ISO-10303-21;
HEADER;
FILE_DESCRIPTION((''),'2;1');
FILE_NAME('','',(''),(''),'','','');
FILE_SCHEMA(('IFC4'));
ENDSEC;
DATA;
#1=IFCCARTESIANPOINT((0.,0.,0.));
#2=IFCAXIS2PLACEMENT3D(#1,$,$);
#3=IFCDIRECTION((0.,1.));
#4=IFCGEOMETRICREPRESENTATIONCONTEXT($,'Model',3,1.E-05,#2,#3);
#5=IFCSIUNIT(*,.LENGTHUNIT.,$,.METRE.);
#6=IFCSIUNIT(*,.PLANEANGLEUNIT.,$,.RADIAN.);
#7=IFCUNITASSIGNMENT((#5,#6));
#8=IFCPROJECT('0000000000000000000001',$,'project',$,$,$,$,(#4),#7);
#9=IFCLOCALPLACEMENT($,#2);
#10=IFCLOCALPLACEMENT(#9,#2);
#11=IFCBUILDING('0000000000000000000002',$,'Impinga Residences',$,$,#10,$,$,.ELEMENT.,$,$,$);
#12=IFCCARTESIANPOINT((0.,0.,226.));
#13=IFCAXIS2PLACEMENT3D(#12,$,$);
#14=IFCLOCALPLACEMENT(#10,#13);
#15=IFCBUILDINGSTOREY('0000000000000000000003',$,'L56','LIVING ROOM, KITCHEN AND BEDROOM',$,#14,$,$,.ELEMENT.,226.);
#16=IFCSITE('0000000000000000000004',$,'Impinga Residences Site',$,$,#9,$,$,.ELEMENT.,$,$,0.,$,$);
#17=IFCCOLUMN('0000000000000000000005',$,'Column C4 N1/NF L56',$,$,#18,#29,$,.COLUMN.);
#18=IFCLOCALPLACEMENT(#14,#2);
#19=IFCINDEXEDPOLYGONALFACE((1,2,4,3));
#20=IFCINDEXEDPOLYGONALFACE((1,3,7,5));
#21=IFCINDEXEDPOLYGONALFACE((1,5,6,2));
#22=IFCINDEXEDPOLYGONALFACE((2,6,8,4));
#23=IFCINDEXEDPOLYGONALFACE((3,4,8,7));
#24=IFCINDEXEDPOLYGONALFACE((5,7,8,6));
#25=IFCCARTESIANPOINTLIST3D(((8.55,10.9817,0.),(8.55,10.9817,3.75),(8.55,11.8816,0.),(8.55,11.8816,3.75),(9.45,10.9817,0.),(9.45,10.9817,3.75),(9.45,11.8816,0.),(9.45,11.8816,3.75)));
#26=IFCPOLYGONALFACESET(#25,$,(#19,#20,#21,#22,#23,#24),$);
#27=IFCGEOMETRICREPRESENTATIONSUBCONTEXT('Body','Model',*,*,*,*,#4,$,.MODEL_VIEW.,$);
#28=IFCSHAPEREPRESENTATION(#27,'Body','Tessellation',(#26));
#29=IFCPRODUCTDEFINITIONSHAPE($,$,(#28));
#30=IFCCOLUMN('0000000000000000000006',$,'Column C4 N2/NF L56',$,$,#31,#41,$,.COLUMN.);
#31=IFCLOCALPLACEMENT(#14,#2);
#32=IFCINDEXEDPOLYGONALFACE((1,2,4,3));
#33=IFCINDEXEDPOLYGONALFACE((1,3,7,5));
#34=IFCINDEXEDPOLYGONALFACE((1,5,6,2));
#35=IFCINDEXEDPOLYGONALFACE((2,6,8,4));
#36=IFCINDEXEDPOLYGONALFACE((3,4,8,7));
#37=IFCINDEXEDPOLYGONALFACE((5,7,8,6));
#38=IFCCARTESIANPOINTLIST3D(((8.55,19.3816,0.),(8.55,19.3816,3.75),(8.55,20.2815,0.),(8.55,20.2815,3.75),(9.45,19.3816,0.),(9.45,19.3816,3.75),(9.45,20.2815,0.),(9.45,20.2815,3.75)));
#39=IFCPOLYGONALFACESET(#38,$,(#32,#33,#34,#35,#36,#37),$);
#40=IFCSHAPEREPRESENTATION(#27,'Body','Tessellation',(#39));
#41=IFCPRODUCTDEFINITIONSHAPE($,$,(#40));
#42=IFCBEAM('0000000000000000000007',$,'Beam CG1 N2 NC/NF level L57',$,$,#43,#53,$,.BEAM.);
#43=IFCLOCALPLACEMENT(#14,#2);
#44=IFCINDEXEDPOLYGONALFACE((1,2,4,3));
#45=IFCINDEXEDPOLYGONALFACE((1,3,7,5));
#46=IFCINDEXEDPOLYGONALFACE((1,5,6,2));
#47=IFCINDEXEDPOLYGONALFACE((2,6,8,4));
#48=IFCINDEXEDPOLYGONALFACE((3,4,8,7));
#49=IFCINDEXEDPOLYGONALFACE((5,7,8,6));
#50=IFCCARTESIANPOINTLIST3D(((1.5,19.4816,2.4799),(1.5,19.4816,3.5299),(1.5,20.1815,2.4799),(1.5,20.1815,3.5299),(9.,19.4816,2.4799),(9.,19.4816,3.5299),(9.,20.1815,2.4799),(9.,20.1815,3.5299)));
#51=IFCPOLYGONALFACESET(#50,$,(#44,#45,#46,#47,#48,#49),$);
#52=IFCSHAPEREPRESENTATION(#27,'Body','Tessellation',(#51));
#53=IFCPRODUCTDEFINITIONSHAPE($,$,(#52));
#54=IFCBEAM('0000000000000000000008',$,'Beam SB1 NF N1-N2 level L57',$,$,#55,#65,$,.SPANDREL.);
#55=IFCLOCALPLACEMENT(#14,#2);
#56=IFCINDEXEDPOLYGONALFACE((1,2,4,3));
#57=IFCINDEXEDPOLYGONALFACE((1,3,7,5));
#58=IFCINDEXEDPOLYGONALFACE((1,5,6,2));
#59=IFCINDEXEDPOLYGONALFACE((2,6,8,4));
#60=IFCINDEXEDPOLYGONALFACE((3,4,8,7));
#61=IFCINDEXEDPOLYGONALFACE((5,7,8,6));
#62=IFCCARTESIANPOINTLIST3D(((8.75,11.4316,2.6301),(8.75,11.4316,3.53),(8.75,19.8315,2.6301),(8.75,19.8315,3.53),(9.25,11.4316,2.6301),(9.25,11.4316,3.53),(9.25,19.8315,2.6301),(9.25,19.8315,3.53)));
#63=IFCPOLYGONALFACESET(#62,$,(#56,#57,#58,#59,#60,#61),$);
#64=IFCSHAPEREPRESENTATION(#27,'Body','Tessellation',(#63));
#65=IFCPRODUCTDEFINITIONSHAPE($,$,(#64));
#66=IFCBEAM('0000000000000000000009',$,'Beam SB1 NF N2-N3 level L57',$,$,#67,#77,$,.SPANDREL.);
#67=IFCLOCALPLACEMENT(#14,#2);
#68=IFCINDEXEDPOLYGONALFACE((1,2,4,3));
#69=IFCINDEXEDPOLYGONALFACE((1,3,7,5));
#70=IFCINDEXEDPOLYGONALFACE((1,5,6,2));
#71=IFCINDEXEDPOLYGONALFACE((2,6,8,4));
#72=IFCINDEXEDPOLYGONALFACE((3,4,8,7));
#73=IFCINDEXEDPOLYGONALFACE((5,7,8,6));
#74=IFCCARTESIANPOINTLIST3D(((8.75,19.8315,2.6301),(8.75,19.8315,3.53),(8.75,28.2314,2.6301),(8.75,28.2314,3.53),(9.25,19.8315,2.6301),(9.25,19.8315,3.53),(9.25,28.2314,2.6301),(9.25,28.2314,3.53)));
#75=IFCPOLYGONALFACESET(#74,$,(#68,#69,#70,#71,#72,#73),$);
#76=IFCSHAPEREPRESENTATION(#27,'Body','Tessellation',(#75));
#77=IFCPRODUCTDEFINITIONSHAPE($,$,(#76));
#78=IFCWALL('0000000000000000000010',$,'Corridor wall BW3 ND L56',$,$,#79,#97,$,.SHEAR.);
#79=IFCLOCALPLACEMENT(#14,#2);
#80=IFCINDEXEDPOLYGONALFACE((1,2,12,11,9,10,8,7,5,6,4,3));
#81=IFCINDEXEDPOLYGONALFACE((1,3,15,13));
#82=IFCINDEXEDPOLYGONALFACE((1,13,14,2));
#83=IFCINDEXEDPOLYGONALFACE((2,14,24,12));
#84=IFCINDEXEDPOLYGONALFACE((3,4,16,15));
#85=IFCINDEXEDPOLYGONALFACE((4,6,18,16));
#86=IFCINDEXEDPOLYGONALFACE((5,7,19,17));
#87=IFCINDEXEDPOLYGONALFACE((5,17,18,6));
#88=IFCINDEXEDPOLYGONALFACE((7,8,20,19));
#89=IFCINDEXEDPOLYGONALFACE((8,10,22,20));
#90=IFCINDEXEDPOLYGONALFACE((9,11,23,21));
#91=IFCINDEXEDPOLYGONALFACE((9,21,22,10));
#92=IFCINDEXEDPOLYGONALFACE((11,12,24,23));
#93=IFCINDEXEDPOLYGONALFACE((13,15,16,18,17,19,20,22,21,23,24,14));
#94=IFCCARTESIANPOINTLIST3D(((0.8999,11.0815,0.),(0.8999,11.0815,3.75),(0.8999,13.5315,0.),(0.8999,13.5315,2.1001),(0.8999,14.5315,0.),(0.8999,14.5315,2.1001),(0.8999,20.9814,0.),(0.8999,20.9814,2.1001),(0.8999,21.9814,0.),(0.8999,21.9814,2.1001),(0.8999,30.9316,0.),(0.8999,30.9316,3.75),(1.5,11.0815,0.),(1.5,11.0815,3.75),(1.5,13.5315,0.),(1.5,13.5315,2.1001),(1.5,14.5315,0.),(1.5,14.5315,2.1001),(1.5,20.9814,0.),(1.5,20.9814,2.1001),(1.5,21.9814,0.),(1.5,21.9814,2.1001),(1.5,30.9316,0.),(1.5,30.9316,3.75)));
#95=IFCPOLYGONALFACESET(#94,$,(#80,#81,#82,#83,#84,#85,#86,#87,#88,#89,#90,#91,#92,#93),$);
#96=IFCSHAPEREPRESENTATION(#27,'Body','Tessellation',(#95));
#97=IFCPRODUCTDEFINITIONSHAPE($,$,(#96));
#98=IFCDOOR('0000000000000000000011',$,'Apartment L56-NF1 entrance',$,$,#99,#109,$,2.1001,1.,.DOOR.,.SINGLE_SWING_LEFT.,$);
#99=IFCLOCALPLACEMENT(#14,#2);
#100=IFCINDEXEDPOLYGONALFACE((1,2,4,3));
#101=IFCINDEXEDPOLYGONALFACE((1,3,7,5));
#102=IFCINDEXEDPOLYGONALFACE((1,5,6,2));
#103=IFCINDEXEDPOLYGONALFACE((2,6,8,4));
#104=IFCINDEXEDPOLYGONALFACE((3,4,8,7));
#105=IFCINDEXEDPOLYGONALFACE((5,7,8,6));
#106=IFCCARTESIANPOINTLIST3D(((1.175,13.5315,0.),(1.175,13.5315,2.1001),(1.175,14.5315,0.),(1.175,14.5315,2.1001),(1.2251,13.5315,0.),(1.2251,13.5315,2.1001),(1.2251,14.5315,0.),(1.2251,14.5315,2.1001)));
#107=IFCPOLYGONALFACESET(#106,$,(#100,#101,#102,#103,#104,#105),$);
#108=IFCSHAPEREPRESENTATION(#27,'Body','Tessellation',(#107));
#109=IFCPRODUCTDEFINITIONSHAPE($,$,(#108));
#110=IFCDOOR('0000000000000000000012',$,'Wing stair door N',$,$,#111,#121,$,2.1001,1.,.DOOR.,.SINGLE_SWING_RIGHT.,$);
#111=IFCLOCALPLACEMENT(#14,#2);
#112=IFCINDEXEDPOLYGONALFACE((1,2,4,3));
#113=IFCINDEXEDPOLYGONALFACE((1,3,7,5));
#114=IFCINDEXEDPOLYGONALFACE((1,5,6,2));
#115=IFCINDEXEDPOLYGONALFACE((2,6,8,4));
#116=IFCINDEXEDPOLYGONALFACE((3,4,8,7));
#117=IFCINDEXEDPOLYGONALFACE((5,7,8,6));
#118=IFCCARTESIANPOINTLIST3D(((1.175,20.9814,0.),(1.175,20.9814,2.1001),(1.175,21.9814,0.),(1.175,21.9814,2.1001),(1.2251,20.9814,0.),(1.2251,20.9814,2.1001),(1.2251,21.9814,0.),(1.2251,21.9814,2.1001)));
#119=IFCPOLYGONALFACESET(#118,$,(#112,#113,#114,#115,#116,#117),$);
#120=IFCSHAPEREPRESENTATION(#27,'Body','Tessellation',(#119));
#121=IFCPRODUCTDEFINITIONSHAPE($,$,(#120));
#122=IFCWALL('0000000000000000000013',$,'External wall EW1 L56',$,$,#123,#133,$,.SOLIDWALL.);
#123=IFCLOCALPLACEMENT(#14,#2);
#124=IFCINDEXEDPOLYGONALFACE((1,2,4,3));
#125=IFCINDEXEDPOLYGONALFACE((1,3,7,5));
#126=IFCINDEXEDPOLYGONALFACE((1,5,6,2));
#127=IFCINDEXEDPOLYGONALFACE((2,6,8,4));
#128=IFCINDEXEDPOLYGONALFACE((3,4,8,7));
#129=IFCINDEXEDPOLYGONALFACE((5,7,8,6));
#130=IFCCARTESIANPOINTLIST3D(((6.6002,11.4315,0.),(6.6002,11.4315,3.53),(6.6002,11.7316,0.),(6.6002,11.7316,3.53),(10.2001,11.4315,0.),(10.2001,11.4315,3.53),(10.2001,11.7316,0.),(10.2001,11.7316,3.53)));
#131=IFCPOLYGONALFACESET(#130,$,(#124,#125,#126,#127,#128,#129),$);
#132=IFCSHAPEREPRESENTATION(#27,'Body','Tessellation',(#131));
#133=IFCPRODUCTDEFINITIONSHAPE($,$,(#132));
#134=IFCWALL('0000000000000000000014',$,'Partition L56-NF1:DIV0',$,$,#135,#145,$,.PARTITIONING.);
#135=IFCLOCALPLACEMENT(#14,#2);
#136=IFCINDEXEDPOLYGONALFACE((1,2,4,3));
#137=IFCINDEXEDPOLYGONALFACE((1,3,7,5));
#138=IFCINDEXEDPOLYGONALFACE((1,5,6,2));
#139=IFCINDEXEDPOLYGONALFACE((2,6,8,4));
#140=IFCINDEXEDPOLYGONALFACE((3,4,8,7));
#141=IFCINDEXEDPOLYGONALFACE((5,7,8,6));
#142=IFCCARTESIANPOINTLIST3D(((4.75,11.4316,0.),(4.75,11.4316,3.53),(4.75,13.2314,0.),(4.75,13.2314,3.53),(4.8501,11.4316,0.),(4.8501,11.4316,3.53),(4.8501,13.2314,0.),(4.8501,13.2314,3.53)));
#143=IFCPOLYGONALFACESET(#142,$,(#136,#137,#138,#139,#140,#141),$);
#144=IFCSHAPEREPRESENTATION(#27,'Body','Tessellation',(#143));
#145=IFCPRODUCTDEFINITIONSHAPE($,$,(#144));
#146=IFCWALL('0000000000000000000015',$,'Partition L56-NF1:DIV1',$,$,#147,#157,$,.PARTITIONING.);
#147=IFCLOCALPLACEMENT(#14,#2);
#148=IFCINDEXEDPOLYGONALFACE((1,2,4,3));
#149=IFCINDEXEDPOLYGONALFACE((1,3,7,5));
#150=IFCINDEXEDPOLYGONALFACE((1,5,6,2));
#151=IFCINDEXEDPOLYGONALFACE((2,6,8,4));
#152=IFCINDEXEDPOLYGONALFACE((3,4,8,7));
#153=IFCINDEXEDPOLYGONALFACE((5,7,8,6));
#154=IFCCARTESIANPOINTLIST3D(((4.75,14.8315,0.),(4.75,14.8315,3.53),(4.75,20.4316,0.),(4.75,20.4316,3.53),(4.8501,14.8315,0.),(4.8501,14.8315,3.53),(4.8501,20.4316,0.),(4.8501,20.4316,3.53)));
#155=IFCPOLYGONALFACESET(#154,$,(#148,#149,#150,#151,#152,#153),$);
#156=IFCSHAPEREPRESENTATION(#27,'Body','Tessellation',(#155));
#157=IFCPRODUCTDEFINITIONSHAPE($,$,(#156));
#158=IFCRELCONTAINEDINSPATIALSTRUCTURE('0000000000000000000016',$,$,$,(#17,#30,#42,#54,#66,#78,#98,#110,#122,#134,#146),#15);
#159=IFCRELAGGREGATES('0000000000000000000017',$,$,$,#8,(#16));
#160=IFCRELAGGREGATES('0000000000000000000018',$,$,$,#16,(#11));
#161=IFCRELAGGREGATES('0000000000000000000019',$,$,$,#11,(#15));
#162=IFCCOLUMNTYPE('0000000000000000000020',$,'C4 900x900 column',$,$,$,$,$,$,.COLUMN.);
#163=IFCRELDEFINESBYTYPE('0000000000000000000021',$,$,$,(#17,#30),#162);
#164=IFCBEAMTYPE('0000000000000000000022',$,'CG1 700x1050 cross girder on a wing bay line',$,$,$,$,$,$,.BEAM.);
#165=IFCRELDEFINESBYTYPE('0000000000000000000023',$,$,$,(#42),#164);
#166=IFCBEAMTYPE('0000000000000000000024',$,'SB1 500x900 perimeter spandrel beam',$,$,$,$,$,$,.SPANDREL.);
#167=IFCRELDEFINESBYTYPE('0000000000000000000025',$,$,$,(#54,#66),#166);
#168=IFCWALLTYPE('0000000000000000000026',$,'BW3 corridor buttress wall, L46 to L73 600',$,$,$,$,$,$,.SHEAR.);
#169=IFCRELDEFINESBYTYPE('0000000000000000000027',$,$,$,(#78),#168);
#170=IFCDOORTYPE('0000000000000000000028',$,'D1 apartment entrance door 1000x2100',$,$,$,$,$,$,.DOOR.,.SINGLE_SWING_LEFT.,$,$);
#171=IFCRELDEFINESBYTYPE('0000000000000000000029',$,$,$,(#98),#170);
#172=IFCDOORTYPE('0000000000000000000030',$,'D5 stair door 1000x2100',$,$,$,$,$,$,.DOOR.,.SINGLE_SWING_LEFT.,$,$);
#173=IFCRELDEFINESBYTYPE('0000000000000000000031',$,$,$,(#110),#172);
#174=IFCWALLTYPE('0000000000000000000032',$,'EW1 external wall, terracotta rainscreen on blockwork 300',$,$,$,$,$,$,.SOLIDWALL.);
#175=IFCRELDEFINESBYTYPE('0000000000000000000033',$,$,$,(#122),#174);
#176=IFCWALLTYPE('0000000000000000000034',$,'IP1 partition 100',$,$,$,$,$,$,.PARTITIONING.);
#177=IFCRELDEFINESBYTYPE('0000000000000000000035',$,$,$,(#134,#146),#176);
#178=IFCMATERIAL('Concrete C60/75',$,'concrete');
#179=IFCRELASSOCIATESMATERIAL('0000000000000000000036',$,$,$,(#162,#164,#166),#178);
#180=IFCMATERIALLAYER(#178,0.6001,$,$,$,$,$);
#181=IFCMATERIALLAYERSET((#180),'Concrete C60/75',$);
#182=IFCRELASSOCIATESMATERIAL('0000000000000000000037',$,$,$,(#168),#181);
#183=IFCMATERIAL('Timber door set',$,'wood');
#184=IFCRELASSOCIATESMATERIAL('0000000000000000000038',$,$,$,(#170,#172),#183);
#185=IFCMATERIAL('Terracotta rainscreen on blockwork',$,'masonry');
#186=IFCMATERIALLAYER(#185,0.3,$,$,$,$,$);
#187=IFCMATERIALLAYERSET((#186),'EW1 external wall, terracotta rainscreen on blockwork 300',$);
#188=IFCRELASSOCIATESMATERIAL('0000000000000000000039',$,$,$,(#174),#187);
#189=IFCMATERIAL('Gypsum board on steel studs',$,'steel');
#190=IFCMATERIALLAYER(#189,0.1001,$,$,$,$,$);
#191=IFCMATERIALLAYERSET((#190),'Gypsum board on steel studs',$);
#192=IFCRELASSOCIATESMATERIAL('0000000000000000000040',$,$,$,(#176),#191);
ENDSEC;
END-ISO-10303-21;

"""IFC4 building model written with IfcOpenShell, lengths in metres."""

from ifc_helpers import new_model, si_unit, direction, frame, frame_2d, origin, origin_2d, place, context, subcontext, project, spatial, rectangle, extrude, material, layer, layer_set, material_profile, profile_set, type_object, element, fill, save


model = new_model("IFC4")

# Units and contexts
model_context = context("Model", 3, precision=1e-05, world=origin(), true_north=direction((0.0, 1.0)))
body_context = subcontext(model_context, "Body", "Model", "MODEL_VIEW")
ifc_project = project(units=[si_unit("LENGTHUNIT", "METRE"), si_unit("PLANEANGLEUNIT", "RADIAN")], contexts=[model_context])

# Site, building, storey
site_placement = place(None, origin())
site = spatial("IfcSite", under=ifc_project, at=site_placement, Name="Impinga Residences Site", CompositionType="ELEMENT", RefElevation=0.0)
building_placement = place(site_placement, origin())
building = spatial("IfcBuilding", under=site, at=building_placement, Name="Impinga Residences", CompositionType="ELEMENT")
storey_placement = place(building_placement, frame((0.0, 0.0, 226.0)))
storey = spatial("IfcBuildingStorey", under=building, at=storey_placement, Name="L56", Description="LIVING ROOM, KITCHEN AND BEDROOM", CompositionType="ELEMENT", Elevation=226.0)

# Columns
ifc_material_1 = material(Name="Concrete C60/75", Category="concrete")
ifc_material_profile_1 = material_profile(ifc_material_1, rectangle(XDim=0.8999, YDim=0.8999, at=origin_2d()), Name="RC 900x900")
ifc_profile_set_1 = profile_set([ifc_material_profile_1], Name="Concrete C60/75")
column_type = type_object("IfcColumnType", Name="C4 900x900 column", PredefinedType="COLUMN", material=ifc_profile_set_1)
for number, where, z_axis, x_axis, name in (
    (1, (9.0, 11.4316, 0.0), (0.0, 0.0, 1.0), (1.0, 0.0, 0.0), "Column C4 N1/NF L56"),
    (2, (9.0, 19.8315, 0.0), (0.0, 0.0, 1.0), (1.0, 0.0, 0.0), "Column C4 N2/NF L56"),
):
    element("IfcColumn", number, at=place(storey_placement, frame(where, z_axis=z_axis, x_axis=x_axis)), inside=storey, type_object=column_type, Name=name, PredefinedType="COLUMN", context=body_context, shape_type="SweptSolid", body=[
        extrude(rectangle(XDim=0.8999, YDim=0.8999, at=origin_2d()), origin(), (0.0, 0.0, 1.0), 3.75),
    ])

# Beams
ifc_material_profile_2 = material_profile(ifc_material_1, rectangle(XDim=0.7, YDim=1.05, at=origin_2d()), Name="RC 700x1050")
ifc_profile_set_2 = profile_set([ifc_material_profile_2], Name="Concrete C60/75")
beam_type_1 = type_object("IfcBeamType", Name="CG1 700x1050 cross girder on a wing bay line", PredefinedType="BEAM", material=ifc_profile_set_2)
beam_placement = place(storey_placement, frame((1.5, 19.8315, 3.0049), z_axis=(1.0, 0.0, 0.0), x_axis=(0.0, 1.0, 0.0)))
element("IfcBeam", 3, at=beam_placement, inside=storey, type_object=beam_type_1, Name="Beam CG1 N2 NC/NF level L57", PredefinedType="BEAM", context=body_context, shape_type="SweptSolid", body=[
    extrude(rectangle(XDim=0.7, YDim=1.05, at=origin_2d()), origin(), (0.0, 0.0, 1.0), 7.5),
])
ifc_material_profile_3 = material_profile(ifc_material_1, rectangle(XDim=0.5, YDim=0.8999, at=origin_2d()), Name="RC 500x900")
ifc_profile_set_3 = profile_set([ifc_material_profile_3], Name="Concrete C60/75")
beam_type_2 = type_object("IfcBeamType", Name="SB1 500x900 perimeter spandrel beam", PredefinedType="SPANDREL", material=ifc_profile_set_3)
for number, where, z_axis, x_axis, name in (
    (4, (9.0, 11.4316, 3.0801), (0.0, 1.0, 0.0), (-1.0, 0.0, 0.0), "Beam SB1 NF N1-N2 level L57"),
    (5, (9.0, 19.8315, 3.0801), (0.0, 1.0, 0.0), (-1.0, 0.0, 0.0), "Beam SB1 NF N2-N3 level L57"),
):
    element("IfcBeam", number, at=place(storey_placement, frame(where, z_axis=z_axis, x_axis=x_axis)), inside=storey, type_object=beam_type_2, Name=name, PredefinedType="SPANDREL", context=body_context, shape_type="SweptSolid", body=[
        extrude(rectangle(XDim=0.5, YDim=0.8999, at=origin_2d()), origin(), (0.0, 0.0, 1.0), 8.3999),
    ])

# Wall, openings, doors
ifc_layer_1 = layer(ifc_material_1, 0.6001)
ifc_layer_set_1 = layer_set([ifc_layer_1], Name="Concrete C60/75")
wall_type_1 = type_object("IfcWallType", Name="BW3 corridor buttress wall, L46 to L73 600", PredefinedType="SHEAR", material=ifc_layer_set_1)
wall_1_placement = place(storey_placement, frame((1.2, 11.0815, 0.0), z_axis=(0.0, 0.0, 1.0), x_axis=(0.0, 1.0, 0.0)))
wall_1 = element("IfcWall", 6, at=wall_1_placement, inside=storey, type_object=wall_type_1, Name="Corridor wall BW3 ND L56", PredefinedType="SHEAR", context=body_context, shape_type="SweptSolid", body=[
    extrude(rectangle(XDim=19.8501, YDim=0.6001, at=frame_2d((9.925, 0.0))), origin(), (0.0, 0.0, 1.0), 3.75),
])
opening_1_placement = place(wall_1_placement, frame((9.8999, 0.0, 0.0)))
opening_1 = element("IfcOpeningElement", 7, at=opening_1_placement, cuts=wall_1, PredefinedType="OPENING", context=body_context, shape_type="SweptSolid", body=[
    extrude(rectangle(XDim=1.0, YDim=2.1001, at=frame_2d((0.5, 1.05))), frame((0.0, 0.3101, 0.0), z_axis=(0.0, -1.0, 0.0), x_axis=(1.0, 0.0, 0.0)), (0.0, 0.0, 1.0), 0.6201),
])
opening_2_placement = place(wall_1_placement, frame((2.45, 0.0, 0.0)))
opening_2 = element("IfcOpeningElement", 8, at=opening_2_placement, cuts=wall_1, PredefinedType="OPENING", context=body_context, shape_type="SweptSolid", body=[
    extrude(rectangle(XDim=1.0, YDim=2.1001, at=frame_2d((0.5, 1.05))), frame((0.0, 0.3101, 0.0), z_axis=(0.0, -1.0, 0.0), x_axis=(1.0, 0.0, 0.0)), (0.0, 0.0, 1.0), 0.6201),
])
ifc_material_2 = material(Name="Timber door set", Category="wood")
door_type_1 = type_object("IfcDoorType", Name="D1 apartment entrance door 1000x2100", OperationType="SINGLE_SWING_LEFT", PredefinedType="DOOR", material=ifc_material_2)
door_1_placement = place(opening_2_placement, origin())
door_1 = element("IfcDoor", 9, at=door_1_placement, inside=storey, type_object=door_type_1, Name="Apartment L56-NF1 entrance", OperationType="SINGLE_SWING_LEFT", OverallHeight=2.1001, OverallWidth=1.0, PredefinedType="DOOR", context=body_context, shape_type="SweptSolid", body=[
    extrude(rectangle(XDim=1.0, YDim=2.1001, at=frame_2d((0.5, 1.05))), frame((0.0, 0.0249, 0.0), z_axis=(0.0, -1.0, 0.0), x_axis=(1.0, 0.0, 0.0)), (0.0, 0.0, 1.0), 0.05),
])
fill(opening_2, door_1)
door_type_2 = type_object("IfcDoorType", Name="D5 stair door 1000x2100", OperationType="SINGLE_SWING_LEFT", PredefinedType="DOOR", material=ifc_material_2)
door_2_placement = place(opening_1_placement, origin())
door_2 = element("IfcDoor", 10, at=door_2_placement, inside=storey, type_object=door_type_2, Name="Wing stair door N", OperationType="SINGLE_SWING_RIGHT", OverallHeight=2.1001, OverallWidth=1.0, PredefinedType="DOOR", context=body_context, shape_type="SweptSolid", body=[
    extrude(rectangle(XDim=1.0, YDim=2.1001, at=frame_2d((0.5, 1.05))), frame((0.0, 0.0249, 0.0), z_axis=(0.0, -1.0, 0.0), x_axis=(1.0, 0.0, 0.0)), (0.0, 0.0, 1.0), 0.05),
])
fill(opening_1, door_2)

# Walls
ifc_material_3 = material(Name="Terracotta rainscreen on blockwork", Category="masonry")
ifc_layer_2 = layer(ifc_material_3, 0.3)
ifc_layer_set_2 = layer_set([ifc_layer_2], Name="EW1 external wall, terracotta rainscreen on blockwork 300")
wall_type_2 = type_object("IfcWallType", Name="EW1 external wall, terracotta rainscreen on blockwork 300", PredefinedType="SOLIDWALL", material=ifc_layer_set_2)
wall_2_placement = place(storey_placement, frame((10.2, 11.5815, 0.0), z_axis=(0.0, 0.0, 1.0), x_axis=(-1.0, 0.0, 0.0)))
element("IfcWall", 11, at=wall_2_placement, inside=storey, type_object=wall_type_2, Name="External wall EW1 L56", PredefinedType="SOLIDWALL", context=body_context, shape_type="SweptSolid", body=[
    extrude(rectangle(XDim=3.5999, YDim=0.3, at=frame_2d((1.7998, 0.0))), origin(), (0.0, 0.0, 1.0), 3.53),
])
ifc_material_4 = material(Name="Gypsum board on steel studs", Category="steel")
ifc_layer_3 = layer(ifc_material_4, 0.1001)
ifc_layer_set_3 = layer_set([ifc_layer_3], Name="Gypsum board on steel studs")
wall_type_3 = type_object("IfcWallType", Name="IP1 partition 100", PredefinedType="PARTITIONING", material=ifc_layer_set_3)
wall_3_placement = place(storey_placement, frame((4.8, 11.4316, 0.0), z_axis=(0.0, 0.0, 1.0), x_axis=(0.0, 1.0, 0.0)))
element("IfcWall", 12, at=wall_3_placement, inside=storey, type_object=wall_type_3, Name="Partition L56-NF1:DIV0", PredefinedType="PARTITIONING", context=body_context, shape_type="SweptSolid", body=[
    extrude(rectangle(XDim=1.7998, YDim=0.1001, at=frame_2d((0.8999, 0.0))), origin(), (0.0, 0.0, 1.0), 3.53),
])
wall_4_placement = place(storey_placement, frame((4.8, 14.8315, 0.0), z_axis=(0.0, 0.0, 1.0), x_axis=(0.0, 1.0, 0.0)))
element("IfcWall", 13, at=wall_4_placement, inside=storey, type_object=wall_type_3, Name="Partition L56-NF1:DIV1", PredefinedType="PARTITIONING", context=body_context, shape_type="SweptSolid", body=[
    extrude(rectangle(XDim=5.6001, YDim=0.1001, at=frame_2d((2.8, 0.0))), origin(), (0.0, 0.0, 1.0), 3.53),
])

save(model, "model.ifc")
